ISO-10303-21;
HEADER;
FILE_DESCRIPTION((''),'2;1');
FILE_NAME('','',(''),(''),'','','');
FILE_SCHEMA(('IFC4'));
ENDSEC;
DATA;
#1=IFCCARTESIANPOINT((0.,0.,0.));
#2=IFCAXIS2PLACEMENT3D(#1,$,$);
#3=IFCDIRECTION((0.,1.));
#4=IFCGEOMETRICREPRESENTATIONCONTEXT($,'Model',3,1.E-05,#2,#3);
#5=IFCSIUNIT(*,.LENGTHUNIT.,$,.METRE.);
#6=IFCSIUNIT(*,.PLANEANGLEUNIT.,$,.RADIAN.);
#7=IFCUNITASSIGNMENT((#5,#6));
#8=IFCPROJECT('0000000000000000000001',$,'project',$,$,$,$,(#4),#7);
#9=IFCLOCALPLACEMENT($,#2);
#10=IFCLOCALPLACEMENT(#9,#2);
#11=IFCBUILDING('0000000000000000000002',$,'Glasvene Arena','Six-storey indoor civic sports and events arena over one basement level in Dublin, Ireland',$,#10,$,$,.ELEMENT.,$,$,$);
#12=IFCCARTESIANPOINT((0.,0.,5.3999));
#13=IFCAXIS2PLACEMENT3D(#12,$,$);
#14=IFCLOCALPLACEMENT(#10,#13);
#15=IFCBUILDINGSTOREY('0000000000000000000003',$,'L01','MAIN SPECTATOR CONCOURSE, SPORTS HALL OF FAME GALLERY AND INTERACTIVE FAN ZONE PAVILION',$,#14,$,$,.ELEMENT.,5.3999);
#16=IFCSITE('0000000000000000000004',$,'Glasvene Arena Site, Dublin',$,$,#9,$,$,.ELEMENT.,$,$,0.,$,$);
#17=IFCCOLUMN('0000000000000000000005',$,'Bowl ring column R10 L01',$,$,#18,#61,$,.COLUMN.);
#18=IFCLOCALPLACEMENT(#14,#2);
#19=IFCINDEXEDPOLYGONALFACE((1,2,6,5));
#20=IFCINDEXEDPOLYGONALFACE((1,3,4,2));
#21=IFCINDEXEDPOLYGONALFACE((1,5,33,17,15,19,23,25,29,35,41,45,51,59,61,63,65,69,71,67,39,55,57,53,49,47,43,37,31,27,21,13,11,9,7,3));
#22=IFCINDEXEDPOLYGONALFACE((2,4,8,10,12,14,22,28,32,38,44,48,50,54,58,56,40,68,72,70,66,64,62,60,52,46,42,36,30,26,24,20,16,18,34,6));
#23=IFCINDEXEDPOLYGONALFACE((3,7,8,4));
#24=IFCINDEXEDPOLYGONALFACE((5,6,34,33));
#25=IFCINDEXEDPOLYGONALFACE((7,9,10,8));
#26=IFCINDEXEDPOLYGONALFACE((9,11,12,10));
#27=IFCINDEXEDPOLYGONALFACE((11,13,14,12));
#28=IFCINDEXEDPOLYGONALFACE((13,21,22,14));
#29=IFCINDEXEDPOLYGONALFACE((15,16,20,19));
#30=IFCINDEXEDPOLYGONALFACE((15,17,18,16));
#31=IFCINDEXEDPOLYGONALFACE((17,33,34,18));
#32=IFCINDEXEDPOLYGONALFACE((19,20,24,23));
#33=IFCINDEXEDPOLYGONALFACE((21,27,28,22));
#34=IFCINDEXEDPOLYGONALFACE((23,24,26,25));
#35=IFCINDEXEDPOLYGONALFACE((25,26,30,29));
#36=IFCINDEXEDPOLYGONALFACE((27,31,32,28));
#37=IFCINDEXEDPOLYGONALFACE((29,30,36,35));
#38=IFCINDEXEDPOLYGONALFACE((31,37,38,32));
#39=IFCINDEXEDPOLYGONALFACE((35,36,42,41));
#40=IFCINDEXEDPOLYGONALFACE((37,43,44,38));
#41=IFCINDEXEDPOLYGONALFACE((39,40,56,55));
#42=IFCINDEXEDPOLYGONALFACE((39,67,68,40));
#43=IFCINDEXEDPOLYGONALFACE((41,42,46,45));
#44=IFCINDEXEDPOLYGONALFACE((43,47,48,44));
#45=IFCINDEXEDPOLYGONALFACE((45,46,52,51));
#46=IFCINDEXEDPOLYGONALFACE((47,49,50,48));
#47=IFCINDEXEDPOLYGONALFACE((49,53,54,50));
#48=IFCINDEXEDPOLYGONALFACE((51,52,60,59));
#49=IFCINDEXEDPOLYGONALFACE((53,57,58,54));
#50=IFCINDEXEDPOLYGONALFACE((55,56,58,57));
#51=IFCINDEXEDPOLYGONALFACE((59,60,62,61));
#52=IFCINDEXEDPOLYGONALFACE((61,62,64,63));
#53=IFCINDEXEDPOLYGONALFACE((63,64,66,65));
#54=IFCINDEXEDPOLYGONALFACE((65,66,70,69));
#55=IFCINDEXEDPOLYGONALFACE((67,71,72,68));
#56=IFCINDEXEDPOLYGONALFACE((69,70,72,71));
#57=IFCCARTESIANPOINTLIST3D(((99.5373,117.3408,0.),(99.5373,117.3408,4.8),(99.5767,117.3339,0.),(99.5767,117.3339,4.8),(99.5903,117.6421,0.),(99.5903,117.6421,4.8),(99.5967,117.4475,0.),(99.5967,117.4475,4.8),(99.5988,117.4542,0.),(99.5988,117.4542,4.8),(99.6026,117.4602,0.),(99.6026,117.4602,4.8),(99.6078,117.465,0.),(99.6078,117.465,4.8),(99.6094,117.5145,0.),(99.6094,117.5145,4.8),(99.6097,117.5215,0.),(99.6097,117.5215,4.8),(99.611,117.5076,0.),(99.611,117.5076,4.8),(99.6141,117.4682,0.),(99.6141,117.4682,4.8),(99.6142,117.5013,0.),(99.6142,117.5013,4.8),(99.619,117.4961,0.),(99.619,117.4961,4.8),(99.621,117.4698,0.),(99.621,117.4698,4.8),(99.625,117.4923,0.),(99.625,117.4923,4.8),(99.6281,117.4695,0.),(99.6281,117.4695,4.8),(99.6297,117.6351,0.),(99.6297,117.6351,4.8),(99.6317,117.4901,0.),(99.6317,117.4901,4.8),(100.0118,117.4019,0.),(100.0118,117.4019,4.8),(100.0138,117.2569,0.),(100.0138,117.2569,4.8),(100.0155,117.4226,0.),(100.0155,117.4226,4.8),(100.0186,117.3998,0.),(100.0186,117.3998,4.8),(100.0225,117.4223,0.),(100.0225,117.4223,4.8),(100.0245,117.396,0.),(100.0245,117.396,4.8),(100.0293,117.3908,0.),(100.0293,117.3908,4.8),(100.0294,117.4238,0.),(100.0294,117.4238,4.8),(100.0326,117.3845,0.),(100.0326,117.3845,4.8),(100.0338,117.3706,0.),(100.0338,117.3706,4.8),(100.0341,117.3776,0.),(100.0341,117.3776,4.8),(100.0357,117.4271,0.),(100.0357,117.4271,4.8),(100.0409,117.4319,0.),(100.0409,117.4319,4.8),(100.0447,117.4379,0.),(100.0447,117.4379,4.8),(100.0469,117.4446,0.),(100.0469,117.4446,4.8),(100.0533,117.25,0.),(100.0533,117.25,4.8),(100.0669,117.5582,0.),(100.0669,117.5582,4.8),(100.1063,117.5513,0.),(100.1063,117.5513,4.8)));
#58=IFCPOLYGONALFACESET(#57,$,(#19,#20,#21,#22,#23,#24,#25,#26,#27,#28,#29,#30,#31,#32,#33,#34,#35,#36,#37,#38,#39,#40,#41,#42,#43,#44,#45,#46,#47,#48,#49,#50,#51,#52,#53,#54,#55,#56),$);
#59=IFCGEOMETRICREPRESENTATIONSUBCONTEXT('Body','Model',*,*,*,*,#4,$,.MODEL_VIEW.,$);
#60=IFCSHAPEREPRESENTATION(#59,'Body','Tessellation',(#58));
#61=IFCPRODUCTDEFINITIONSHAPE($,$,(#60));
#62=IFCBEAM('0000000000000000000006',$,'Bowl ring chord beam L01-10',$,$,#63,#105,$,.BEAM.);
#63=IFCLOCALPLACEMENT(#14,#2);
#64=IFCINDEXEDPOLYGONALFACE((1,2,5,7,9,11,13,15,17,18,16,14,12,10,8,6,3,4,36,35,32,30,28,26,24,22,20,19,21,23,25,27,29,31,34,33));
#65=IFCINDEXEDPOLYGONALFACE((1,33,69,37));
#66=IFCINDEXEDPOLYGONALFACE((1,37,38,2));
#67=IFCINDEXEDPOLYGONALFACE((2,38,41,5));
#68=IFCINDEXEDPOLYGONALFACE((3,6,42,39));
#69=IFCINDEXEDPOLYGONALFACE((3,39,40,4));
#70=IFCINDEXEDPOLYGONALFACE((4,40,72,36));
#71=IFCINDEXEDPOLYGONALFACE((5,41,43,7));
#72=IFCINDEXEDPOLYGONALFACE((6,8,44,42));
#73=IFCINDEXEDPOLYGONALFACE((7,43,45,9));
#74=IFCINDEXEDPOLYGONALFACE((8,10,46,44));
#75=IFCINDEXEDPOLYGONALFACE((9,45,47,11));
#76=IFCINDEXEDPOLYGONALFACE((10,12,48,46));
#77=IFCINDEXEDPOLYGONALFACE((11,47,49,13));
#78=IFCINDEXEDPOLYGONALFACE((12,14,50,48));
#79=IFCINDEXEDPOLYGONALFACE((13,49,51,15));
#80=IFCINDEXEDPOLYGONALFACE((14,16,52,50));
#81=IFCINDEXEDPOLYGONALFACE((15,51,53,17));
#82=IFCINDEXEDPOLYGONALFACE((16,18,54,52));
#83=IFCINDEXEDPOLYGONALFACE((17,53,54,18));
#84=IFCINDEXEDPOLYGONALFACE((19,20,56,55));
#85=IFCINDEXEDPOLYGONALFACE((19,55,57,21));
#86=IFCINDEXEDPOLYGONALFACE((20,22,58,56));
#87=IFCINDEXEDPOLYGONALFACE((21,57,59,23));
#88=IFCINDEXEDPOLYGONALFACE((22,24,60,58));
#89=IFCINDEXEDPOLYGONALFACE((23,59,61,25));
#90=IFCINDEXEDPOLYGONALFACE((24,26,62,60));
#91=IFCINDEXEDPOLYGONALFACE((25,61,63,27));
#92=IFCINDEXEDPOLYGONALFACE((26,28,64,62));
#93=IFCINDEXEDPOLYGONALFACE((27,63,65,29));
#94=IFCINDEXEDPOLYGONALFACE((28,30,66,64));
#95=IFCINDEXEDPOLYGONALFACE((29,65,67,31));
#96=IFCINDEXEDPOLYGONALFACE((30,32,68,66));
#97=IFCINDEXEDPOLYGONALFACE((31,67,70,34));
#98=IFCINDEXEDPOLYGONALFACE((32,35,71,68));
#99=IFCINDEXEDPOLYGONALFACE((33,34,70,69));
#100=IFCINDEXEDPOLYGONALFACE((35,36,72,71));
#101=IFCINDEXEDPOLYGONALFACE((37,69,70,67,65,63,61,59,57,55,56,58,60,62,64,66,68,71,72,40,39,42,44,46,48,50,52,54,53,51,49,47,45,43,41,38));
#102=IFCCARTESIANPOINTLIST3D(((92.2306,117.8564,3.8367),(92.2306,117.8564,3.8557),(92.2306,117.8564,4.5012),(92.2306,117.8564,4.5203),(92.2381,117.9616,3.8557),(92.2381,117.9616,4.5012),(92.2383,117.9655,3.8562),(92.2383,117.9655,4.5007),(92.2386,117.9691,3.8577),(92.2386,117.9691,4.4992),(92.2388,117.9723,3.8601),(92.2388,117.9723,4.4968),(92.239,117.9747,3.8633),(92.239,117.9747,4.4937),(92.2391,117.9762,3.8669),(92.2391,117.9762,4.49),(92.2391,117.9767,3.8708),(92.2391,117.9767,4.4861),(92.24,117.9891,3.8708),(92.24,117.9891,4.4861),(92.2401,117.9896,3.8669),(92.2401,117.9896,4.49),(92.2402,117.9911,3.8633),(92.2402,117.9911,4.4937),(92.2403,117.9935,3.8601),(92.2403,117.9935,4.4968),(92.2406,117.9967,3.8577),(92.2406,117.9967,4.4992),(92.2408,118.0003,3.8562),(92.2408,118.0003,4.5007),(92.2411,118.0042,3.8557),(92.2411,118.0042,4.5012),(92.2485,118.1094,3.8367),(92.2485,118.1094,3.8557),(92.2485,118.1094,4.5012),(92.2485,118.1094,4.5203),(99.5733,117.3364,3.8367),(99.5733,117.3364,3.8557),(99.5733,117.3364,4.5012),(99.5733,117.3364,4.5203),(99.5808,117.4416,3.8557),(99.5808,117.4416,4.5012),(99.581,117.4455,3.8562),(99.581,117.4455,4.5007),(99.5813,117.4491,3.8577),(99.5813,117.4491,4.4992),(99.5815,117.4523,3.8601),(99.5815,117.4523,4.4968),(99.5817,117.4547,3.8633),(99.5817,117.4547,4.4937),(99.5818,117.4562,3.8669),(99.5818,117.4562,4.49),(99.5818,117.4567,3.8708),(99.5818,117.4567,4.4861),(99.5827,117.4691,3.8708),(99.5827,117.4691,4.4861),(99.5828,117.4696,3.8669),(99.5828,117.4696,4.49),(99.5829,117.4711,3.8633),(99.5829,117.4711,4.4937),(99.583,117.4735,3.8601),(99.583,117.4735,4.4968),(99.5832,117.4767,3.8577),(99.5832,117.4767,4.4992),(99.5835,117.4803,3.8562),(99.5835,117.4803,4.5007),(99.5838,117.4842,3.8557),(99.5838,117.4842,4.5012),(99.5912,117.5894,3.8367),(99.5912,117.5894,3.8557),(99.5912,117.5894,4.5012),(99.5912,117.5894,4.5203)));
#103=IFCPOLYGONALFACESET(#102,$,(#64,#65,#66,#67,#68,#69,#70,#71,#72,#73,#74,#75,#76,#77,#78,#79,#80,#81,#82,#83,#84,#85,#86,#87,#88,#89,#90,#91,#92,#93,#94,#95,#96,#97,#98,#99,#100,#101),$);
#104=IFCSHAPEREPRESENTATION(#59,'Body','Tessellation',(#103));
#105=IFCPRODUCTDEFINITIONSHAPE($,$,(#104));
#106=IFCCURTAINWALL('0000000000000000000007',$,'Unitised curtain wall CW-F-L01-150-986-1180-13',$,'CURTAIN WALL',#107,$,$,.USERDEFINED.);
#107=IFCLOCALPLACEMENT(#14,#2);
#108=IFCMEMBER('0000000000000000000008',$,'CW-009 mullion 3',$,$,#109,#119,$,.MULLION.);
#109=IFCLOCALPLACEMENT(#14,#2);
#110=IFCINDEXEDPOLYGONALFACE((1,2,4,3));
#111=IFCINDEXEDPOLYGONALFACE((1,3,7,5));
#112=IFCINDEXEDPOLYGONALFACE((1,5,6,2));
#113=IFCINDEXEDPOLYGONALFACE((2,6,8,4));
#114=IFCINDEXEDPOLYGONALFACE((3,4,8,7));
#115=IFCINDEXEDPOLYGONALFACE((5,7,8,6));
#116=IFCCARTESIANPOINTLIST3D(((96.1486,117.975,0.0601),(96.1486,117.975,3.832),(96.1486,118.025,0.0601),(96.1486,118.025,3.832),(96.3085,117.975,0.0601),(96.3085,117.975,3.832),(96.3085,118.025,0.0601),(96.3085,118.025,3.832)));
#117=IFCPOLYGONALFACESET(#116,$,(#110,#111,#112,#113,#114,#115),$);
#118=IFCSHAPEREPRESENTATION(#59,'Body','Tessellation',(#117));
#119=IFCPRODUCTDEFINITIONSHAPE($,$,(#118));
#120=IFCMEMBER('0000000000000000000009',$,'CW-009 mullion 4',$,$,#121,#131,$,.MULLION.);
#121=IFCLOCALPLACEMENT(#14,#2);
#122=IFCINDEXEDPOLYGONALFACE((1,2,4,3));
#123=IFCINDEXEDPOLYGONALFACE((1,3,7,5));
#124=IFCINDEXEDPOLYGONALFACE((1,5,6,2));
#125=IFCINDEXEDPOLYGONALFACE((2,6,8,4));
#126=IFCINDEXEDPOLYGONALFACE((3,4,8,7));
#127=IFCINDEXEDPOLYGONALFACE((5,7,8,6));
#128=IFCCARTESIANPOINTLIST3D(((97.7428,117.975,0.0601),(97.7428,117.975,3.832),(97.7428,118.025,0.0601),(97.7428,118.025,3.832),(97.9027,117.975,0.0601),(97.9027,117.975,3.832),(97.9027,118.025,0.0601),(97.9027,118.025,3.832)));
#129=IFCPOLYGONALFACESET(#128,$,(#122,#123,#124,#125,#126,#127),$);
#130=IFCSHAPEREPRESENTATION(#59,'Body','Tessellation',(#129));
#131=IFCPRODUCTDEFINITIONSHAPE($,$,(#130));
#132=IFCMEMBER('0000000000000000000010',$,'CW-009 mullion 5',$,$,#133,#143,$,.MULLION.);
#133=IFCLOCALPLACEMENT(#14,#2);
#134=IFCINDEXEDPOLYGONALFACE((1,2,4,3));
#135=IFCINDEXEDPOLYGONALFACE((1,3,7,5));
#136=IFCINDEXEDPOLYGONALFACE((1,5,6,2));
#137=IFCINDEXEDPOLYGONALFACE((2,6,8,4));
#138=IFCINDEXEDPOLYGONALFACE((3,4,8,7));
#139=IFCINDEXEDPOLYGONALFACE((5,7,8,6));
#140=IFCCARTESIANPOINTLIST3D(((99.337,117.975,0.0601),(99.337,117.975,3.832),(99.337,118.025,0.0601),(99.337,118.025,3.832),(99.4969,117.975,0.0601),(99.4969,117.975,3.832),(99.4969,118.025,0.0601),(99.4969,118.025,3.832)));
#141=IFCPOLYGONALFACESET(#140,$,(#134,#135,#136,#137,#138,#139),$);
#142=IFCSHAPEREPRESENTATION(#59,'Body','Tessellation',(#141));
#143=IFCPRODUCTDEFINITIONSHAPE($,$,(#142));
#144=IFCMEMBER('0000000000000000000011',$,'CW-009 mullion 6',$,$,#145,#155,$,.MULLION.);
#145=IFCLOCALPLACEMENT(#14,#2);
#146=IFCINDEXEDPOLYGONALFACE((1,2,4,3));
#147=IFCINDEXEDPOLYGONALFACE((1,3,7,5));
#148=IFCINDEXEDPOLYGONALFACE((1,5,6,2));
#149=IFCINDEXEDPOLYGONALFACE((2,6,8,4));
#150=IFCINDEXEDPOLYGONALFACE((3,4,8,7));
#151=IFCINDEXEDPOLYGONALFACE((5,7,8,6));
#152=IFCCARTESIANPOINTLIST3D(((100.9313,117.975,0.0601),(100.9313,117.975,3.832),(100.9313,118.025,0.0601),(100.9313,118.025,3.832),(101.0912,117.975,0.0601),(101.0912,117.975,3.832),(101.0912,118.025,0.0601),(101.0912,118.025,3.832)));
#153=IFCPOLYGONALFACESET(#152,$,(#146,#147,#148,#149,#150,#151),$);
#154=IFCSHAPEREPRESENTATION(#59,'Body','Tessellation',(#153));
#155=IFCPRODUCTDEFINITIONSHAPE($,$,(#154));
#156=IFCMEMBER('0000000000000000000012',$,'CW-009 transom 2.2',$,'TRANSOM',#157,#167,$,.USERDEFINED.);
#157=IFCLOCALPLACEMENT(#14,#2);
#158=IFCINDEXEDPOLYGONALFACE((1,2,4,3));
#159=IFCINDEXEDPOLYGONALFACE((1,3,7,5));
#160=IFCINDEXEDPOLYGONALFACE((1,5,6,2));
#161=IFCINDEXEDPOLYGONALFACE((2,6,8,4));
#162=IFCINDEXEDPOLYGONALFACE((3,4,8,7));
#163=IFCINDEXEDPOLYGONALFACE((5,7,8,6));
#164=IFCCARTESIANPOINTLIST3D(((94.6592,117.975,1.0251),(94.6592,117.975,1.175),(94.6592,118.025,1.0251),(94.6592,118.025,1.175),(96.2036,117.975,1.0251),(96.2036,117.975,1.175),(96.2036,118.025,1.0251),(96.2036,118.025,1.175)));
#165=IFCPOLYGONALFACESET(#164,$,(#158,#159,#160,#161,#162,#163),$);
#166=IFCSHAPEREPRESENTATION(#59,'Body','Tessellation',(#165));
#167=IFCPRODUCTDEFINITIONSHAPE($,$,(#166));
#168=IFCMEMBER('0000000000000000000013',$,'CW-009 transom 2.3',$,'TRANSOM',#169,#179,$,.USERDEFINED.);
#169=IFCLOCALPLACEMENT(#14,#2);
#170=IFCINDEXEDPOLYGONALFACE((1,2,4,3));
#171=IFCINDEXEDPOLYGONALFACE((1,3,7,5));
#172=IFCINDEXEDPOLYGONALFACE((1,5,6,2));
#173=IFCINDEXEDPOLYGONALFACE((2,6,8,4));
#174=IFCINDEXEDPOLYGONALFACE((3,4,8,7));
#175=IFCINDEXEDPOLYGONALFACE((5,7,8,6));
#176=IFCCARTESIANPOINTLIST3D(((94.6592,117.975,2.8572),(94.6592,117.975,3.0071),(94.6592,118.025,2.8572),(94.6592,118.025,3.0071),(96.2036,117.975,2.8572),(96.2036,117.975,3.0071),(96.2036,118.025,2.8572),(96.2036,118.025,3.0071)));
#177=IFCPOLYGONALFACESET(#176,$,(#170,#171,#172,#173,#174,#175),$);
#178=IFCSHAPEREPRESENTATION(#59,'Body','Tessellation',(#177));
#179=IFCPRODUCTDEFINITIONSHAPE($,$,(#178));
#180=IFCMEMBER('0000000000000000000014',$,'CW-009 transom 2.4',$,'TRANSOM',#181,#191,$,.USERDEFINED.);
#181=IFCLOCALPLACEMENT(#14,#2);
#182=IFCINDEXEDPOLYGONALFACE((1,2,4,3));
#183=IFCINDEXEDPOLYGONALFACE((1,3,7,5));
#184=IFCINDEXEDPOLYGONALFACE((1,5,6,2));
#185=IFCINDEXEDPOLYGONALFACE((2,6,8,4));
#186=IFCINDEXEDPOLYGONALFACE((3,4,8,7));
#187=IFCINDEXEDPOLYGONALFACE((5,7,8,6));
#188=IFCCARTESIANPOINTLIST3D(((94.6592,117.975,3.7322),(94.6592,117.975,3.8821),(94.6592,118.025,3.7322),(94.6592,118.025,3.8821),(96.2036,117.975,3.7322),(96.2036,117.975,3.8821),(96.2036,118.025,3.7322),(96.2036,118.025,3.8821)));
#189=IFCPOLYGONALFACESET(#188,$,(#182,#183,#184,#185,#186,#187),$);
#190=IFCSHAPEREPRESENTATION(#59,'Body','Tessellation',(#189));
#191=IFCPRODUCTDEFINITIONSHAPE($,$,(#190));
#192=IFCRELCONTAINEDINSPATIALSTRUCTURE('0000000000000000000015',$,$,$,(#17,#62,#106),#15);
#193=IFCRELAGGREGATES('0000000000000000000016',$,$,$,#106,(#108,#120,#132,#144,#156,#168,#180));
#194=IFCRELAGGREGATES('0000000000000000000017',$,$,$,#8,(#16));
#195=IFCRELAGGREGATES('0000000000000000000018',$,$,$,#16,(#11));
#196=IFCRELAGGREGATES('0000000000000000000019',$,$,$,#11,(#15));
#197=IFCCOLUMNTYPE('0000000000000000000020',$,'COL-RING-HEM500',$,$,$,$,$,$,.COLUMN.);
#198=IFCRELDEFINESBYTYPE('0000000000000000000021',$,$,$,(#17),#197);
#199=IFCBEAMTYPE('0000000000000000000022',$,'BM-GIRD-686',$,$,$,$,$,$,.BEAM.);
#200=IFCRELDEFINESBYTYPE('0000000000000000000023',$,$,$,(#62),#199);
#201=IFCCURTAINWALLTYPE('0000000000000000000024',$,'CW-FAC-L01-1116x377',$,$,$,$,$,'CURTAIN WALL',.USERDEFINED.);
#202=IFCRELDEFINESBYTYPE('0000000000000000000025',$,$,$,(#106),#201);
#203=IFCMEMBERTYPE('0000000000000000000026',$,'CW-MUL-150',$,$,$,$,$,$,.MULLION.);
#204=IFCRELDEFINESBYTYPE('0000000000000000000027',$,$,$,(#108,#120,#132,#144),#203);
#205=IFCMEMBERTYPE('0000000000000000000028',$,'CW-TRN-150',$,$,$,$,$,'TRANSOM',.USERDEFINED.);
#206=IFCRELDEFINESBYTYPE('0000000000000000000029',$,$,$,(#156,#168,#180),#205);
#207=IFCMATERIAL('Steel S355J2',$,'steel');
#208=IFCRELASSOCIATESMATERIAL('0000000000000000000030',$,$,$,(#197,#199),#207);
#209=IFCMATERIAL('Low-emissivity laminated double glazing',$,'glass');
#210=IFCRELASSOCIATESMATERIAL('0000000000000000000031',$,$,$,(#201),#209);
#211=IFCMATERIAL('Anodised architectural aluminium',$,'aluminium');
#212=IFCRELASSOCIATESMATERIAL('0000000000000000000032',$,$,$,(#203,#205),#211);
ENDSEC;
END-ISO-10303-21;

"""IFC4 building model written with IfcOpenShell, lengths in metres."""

from ifc_helpers import new_model, si_unit, direction, frame, origin, origin_2d, place, context, subcontext, project, spatial, rectangle, i_section, extrude, material, material_profile, profile_set, type_object, element, aggregate, save


model = new_model("IFC4")

# Units and contexts
model_context = context("Model", 3, precision=1e-05, world=origin(), true_north=direction((0.0, 1.0)))
body_context = subcontext(model_context, "Body", "Model", "MODEL_VIEW")
ifc_project = project(units=[si_unit("LENGTHUNIT", "METRE"), si_unit("PLANEANGLEUNIT", "RADIAN")], contexts=[model_context])

# Site, building, storey
site_placement = place(None, origin())
site = spatial("IfcSite", under=ifc_project, at=site_placement, Name="Glasvene Arena Site, Dublin", CompositionType="ELEMENT", RefElevation=0.0)
building_placement = place(site_placement, origin())
building = spatial("IfcBuilding", under=site, at=building_placement, Name="Glasvene Arena", Description="Six-storey indoor civic sports and events arena over one basement level in Dublin, Ireland", CompositionType="ELEMENT")
storey_placement = place(building_placement, frame((0.0, 0.0, 5.3999)))
storey = spatial("IfcBuildingStorey", under=building, at=storey_placement, Name="L01", Description="MAIN SPECTATOR CONCOURSE, SPORTS HALL OF FAME GALLERY AND INTERACTIVE FAN ZONE PAVILION", CompositionType="ELEMENT", Elevation=5.3999)

# Column
ifc_material_1 = material(Name="Steel S355J2", Category="steel")
ifc_material_profile_1 = material_profile(ifc_material_1, i_section(OverallWidth=0.3059, OverallDepth=0.5239, WebThickness=0.021, FlangeThickness=0.04, FilletRadius=0.0271, at=origin_2d()), Name="HEM 500")
ifc_profile_set_1 = profile_set([ifc_material_profile_1], Name="Steel S355J2")
column_type = type_object("IfcColumnType", Name="COL-RING-HEM500", PredefinedType="COLUMN", material=ifc_profile_set_1)
column_placement = place(storey_placement, frame((99.8218, 117.446, 0.0), z_axis=(0.0, 0.0, 1.0), x_axis=(0.173304, 0.984868, 0.0)))
element("IfcColumn", 1, at=column_placement, inside=storey, type_object=column_type, Name="Bowl ring column R10 L01", PredefinedType="COLUMN", context=body_context, shape_type="SweptSolid", body=[
    extrude(i_section(OverallWidth=0.3059, OverallDepth=0.5239, WebThickness=0.021, FlangeThickness=0.04, FilletRadius=0.0271, at=origin_2d()), origin(), (0.0, 0.0, 1.0), 4.8),
])

# Beam
ifc_material_profile_2 = material_profile(ifc_material_1, i_section(OverallWidth=0.2537, OverallDepth=0.6836, WebThickness=0.0125, FlangeThickness=0.019, FilletRadius=0.0151, at=origin_2d()), Name="UKB 686x254x140")
ifc_profile_set_2 = profile_set([ifc_material_profile_2], Name="Steel S355J2")
beam_type = type_object("IfcBeamType", Name="BM-GIRD-686", PredefinedType="BEAM", material=ifc_profile_set_2)
beam_placement = place(storey_placement, frame((99.5823, 117.4629, 4.1785), z_axis=(-0.997502, 0.070644, 0.0), x_axis=(-0.070644, -0.997502, 0.0)))
element("IfcBeam", 2, at=beam_placement, inside=storey, type_object=beam_type, Name="Bowl ring chord beam L01-10", PredefinedType="BEAM", context=body_context, shape_type="SweptSolid", body=[
    extrude(i_section(OverallWidth=0.2537, OverallDepth=0.6836, WebThickness=0.0125, FlangeThickness=0.019, FilletRadius=0.0151, at=origin_2d()), origin(), (0.0, 0.0, 1.0), 7.3611),
])

# Curtain wall, members
ifc_material_2 = material(Name="Low-emissivity laminated double glazing", Category="glass")
curtain_wall_type = type_object("IfcCurtainWallType", Name="CW-FAC-L01-1116x377", ElementType="CURTAIN WALL", PredefinedType="USERDEFINED", material=ifc_material_2)
curtain_wall_placement = place(storey_placement, frame((93.04, 118.0, 0.0)))
curtain_wall = element("IfcCurtainWall", 3, at=curtain_wall_placement, inside=storey, type_object=curtain_wall_type, Name="Unitised curtain wall CW-F-L01-150-986-1180-13", ObjectType="CURTAIN WALL", PredefinedType="USERDEFINED")
ifc_material_3 = material(Name="Anodised architectural aluminium", Category="aluminium")
ifc_material_profile_3 = material_profile(ifc_material_3, rectangle(XDim=0.05, YDim=0.1599, at=origin_2d()), Name="ALU MULLION 50x160")
ifc_profile_set_3 = profile_set([ifc_material_profile_3], Name="Anodised architectural aluminium")
member_type_1 = type_object("IfcMemberType", Name="CW-MUL-150", PredefinedType="MULLION", material=ifc_profile_set_3)
member_1_placement = place(storey_placement, frame((96.2285, 118.0, 0.0601), z_axis=(0.0, 0.0, 1.0), x_axis=(0.0, 1.0, 0.0)))
member_1 = element("IfcMember", 4, at=member_1_placement, type_object=member_type_1, Name="CW-009 mullion 3", PredefinedType="MULLION", context=body_context, shape_type="SweptSolid", body=[
    extrude(rectangle(XDim=0.05, YDim=0.1599, at=origin_2d()), origin(), (0.0, 0.0, 1.0), 3.772),
])
member_2_placement = place(storey_placement, frame((97.8228, 118.0, 0.0601), z_axis=(0.0, 0.0, 1.0), x_axis=(0.0, 1.0, 0.0)))
member_2 = element("IfcMember", 5, at=member_2_placement, type_object=member_type_1, Name="CW-009 mullion 4", PredefinedType="MULLION", context=body_context, shape_type="SweptSolid", body=[
    extrude(rectangle(XDim=0.05, YDim=0.1599, at=origin_2d()), origin(), (0.0, 0.0, 1.0), 3.772),
])
member_3_placement = place(storey_placement, frame((99.417, 118.0, 0.0601), z_axis=(0.0, 0.0, 1.0), x_axis=(0.0, 1.0, 0.0)))
member_3 = element("IfcMember", 6, at=member_3_placement, type_object=member_type_1, Name="CW-009 mullion 5", PredefinedType="MULLION", context=body_context, shape_type="SweptSolid", body=[
    extrude(rectangle(XDim=0.05, YDim=0.1599, at=origin_2d()), origin(), (0.0, 0.0, 1.0), 3.772),
])
member_4_placement = place(storey_placement, frame((101.0112, 118.0, 0.0601), z_axis=(0.0, 0.0, 1.0), x_axis=(0.0, 1.0, 0.0)))
member_4 = element("IfcMember", 7, at=member_4_placement, type_object=member_type_1, Name="CW-009 mullion 6", PredefinedType="MULLION", context=body_context, shape_type="SweptSolid", body=[
    extrude(rectangle(XDim=0.05, YDim=0.1599, at=origin_2d()), origin(), (0.0, 0.0, 1.0), 3.772),
])
ifc_material_profile_4 = material_profile(ifc_material_3, rectangle(XDim=0.05, YDim=0.1499, at=origin_2d()), Name="ALU TRANSOM 50x150")
ifc_profile_set_4 = profile_set([ifc_material_profile_4], Name="Anodised architectural aluminium")
member_type_2 = type_object("IfcMemberType", Name="CW-TRN-150", ElementType="TRANSOM", PredefinedType="USERDEFINED", material=ifc_profile_set_4)
member_5_placement = place(storey_placement, frame((94.6592, 118.0, 1.1001), z_axis=(1.0, 0.0, 0.0), x_axis=(0.0, 1.0, 0.0)))
member_5 = element("IfcMember", 8, at=member_5_placement, type_object=member_type_2, Name="CW-009 transom 2.2", ObjectType="TRANSOM", PredefinedType="USERDEFINED", context=body_context, shape_type="SweptSolid", body=[
    extrude(rectangle(XDim=0.05, YDim=0.1499, at=origin_2d()), origin(), (0.0, 0.0, 1.0), 1.5444),
])
member_6_placement = place(storey_placement, frame((94.6592, 118.0, 2.9321), z_axis=(1.0, 0.0, 0.0), x_axis=(0.0, 1.0, 0.0)))
member_6 = element("IfcMember", 9, at=member_6_placement, type_object=member_type_2, Name="CW-009 transom 2.3", ObjectType="TRANSOM", PredefinedType="USERDEFINED", context=body_context, shape_type="SweptSolid", body=[
    extrude(rectangle(XDim=0.05, YDim=0.1499, at=origin_2d()), origin(), (0.0, 0.0, 1.0), 1.5444),
])
member_7_placement = place(storey_placement, frame((94.6592, 118.0, 3.8071), z_axis=(1.0, 0.0, 0.0), x_axis=(0.0, 1.0, 0.0)))
member_7 = element("IfcMember", 10, at=member_7_placement, type_object=member_type_2, Name="CW-009 transom 2.4", ObjectType="TRANSOM", PredefinedType="USERDEFINED", context=body_context, shape_type="SweptSolid", body=[
    extrude(rectangle(XDim=0.05, YDim=0.1499, at=origin_2d()), origin(), (0.0, 0.0, 1.0), 1.5444),
])
aggregate(curtain_wall, [member_1, member_2, member_3, member_4, member_5, member_6, member_7])

save(model, "model.ifc")
